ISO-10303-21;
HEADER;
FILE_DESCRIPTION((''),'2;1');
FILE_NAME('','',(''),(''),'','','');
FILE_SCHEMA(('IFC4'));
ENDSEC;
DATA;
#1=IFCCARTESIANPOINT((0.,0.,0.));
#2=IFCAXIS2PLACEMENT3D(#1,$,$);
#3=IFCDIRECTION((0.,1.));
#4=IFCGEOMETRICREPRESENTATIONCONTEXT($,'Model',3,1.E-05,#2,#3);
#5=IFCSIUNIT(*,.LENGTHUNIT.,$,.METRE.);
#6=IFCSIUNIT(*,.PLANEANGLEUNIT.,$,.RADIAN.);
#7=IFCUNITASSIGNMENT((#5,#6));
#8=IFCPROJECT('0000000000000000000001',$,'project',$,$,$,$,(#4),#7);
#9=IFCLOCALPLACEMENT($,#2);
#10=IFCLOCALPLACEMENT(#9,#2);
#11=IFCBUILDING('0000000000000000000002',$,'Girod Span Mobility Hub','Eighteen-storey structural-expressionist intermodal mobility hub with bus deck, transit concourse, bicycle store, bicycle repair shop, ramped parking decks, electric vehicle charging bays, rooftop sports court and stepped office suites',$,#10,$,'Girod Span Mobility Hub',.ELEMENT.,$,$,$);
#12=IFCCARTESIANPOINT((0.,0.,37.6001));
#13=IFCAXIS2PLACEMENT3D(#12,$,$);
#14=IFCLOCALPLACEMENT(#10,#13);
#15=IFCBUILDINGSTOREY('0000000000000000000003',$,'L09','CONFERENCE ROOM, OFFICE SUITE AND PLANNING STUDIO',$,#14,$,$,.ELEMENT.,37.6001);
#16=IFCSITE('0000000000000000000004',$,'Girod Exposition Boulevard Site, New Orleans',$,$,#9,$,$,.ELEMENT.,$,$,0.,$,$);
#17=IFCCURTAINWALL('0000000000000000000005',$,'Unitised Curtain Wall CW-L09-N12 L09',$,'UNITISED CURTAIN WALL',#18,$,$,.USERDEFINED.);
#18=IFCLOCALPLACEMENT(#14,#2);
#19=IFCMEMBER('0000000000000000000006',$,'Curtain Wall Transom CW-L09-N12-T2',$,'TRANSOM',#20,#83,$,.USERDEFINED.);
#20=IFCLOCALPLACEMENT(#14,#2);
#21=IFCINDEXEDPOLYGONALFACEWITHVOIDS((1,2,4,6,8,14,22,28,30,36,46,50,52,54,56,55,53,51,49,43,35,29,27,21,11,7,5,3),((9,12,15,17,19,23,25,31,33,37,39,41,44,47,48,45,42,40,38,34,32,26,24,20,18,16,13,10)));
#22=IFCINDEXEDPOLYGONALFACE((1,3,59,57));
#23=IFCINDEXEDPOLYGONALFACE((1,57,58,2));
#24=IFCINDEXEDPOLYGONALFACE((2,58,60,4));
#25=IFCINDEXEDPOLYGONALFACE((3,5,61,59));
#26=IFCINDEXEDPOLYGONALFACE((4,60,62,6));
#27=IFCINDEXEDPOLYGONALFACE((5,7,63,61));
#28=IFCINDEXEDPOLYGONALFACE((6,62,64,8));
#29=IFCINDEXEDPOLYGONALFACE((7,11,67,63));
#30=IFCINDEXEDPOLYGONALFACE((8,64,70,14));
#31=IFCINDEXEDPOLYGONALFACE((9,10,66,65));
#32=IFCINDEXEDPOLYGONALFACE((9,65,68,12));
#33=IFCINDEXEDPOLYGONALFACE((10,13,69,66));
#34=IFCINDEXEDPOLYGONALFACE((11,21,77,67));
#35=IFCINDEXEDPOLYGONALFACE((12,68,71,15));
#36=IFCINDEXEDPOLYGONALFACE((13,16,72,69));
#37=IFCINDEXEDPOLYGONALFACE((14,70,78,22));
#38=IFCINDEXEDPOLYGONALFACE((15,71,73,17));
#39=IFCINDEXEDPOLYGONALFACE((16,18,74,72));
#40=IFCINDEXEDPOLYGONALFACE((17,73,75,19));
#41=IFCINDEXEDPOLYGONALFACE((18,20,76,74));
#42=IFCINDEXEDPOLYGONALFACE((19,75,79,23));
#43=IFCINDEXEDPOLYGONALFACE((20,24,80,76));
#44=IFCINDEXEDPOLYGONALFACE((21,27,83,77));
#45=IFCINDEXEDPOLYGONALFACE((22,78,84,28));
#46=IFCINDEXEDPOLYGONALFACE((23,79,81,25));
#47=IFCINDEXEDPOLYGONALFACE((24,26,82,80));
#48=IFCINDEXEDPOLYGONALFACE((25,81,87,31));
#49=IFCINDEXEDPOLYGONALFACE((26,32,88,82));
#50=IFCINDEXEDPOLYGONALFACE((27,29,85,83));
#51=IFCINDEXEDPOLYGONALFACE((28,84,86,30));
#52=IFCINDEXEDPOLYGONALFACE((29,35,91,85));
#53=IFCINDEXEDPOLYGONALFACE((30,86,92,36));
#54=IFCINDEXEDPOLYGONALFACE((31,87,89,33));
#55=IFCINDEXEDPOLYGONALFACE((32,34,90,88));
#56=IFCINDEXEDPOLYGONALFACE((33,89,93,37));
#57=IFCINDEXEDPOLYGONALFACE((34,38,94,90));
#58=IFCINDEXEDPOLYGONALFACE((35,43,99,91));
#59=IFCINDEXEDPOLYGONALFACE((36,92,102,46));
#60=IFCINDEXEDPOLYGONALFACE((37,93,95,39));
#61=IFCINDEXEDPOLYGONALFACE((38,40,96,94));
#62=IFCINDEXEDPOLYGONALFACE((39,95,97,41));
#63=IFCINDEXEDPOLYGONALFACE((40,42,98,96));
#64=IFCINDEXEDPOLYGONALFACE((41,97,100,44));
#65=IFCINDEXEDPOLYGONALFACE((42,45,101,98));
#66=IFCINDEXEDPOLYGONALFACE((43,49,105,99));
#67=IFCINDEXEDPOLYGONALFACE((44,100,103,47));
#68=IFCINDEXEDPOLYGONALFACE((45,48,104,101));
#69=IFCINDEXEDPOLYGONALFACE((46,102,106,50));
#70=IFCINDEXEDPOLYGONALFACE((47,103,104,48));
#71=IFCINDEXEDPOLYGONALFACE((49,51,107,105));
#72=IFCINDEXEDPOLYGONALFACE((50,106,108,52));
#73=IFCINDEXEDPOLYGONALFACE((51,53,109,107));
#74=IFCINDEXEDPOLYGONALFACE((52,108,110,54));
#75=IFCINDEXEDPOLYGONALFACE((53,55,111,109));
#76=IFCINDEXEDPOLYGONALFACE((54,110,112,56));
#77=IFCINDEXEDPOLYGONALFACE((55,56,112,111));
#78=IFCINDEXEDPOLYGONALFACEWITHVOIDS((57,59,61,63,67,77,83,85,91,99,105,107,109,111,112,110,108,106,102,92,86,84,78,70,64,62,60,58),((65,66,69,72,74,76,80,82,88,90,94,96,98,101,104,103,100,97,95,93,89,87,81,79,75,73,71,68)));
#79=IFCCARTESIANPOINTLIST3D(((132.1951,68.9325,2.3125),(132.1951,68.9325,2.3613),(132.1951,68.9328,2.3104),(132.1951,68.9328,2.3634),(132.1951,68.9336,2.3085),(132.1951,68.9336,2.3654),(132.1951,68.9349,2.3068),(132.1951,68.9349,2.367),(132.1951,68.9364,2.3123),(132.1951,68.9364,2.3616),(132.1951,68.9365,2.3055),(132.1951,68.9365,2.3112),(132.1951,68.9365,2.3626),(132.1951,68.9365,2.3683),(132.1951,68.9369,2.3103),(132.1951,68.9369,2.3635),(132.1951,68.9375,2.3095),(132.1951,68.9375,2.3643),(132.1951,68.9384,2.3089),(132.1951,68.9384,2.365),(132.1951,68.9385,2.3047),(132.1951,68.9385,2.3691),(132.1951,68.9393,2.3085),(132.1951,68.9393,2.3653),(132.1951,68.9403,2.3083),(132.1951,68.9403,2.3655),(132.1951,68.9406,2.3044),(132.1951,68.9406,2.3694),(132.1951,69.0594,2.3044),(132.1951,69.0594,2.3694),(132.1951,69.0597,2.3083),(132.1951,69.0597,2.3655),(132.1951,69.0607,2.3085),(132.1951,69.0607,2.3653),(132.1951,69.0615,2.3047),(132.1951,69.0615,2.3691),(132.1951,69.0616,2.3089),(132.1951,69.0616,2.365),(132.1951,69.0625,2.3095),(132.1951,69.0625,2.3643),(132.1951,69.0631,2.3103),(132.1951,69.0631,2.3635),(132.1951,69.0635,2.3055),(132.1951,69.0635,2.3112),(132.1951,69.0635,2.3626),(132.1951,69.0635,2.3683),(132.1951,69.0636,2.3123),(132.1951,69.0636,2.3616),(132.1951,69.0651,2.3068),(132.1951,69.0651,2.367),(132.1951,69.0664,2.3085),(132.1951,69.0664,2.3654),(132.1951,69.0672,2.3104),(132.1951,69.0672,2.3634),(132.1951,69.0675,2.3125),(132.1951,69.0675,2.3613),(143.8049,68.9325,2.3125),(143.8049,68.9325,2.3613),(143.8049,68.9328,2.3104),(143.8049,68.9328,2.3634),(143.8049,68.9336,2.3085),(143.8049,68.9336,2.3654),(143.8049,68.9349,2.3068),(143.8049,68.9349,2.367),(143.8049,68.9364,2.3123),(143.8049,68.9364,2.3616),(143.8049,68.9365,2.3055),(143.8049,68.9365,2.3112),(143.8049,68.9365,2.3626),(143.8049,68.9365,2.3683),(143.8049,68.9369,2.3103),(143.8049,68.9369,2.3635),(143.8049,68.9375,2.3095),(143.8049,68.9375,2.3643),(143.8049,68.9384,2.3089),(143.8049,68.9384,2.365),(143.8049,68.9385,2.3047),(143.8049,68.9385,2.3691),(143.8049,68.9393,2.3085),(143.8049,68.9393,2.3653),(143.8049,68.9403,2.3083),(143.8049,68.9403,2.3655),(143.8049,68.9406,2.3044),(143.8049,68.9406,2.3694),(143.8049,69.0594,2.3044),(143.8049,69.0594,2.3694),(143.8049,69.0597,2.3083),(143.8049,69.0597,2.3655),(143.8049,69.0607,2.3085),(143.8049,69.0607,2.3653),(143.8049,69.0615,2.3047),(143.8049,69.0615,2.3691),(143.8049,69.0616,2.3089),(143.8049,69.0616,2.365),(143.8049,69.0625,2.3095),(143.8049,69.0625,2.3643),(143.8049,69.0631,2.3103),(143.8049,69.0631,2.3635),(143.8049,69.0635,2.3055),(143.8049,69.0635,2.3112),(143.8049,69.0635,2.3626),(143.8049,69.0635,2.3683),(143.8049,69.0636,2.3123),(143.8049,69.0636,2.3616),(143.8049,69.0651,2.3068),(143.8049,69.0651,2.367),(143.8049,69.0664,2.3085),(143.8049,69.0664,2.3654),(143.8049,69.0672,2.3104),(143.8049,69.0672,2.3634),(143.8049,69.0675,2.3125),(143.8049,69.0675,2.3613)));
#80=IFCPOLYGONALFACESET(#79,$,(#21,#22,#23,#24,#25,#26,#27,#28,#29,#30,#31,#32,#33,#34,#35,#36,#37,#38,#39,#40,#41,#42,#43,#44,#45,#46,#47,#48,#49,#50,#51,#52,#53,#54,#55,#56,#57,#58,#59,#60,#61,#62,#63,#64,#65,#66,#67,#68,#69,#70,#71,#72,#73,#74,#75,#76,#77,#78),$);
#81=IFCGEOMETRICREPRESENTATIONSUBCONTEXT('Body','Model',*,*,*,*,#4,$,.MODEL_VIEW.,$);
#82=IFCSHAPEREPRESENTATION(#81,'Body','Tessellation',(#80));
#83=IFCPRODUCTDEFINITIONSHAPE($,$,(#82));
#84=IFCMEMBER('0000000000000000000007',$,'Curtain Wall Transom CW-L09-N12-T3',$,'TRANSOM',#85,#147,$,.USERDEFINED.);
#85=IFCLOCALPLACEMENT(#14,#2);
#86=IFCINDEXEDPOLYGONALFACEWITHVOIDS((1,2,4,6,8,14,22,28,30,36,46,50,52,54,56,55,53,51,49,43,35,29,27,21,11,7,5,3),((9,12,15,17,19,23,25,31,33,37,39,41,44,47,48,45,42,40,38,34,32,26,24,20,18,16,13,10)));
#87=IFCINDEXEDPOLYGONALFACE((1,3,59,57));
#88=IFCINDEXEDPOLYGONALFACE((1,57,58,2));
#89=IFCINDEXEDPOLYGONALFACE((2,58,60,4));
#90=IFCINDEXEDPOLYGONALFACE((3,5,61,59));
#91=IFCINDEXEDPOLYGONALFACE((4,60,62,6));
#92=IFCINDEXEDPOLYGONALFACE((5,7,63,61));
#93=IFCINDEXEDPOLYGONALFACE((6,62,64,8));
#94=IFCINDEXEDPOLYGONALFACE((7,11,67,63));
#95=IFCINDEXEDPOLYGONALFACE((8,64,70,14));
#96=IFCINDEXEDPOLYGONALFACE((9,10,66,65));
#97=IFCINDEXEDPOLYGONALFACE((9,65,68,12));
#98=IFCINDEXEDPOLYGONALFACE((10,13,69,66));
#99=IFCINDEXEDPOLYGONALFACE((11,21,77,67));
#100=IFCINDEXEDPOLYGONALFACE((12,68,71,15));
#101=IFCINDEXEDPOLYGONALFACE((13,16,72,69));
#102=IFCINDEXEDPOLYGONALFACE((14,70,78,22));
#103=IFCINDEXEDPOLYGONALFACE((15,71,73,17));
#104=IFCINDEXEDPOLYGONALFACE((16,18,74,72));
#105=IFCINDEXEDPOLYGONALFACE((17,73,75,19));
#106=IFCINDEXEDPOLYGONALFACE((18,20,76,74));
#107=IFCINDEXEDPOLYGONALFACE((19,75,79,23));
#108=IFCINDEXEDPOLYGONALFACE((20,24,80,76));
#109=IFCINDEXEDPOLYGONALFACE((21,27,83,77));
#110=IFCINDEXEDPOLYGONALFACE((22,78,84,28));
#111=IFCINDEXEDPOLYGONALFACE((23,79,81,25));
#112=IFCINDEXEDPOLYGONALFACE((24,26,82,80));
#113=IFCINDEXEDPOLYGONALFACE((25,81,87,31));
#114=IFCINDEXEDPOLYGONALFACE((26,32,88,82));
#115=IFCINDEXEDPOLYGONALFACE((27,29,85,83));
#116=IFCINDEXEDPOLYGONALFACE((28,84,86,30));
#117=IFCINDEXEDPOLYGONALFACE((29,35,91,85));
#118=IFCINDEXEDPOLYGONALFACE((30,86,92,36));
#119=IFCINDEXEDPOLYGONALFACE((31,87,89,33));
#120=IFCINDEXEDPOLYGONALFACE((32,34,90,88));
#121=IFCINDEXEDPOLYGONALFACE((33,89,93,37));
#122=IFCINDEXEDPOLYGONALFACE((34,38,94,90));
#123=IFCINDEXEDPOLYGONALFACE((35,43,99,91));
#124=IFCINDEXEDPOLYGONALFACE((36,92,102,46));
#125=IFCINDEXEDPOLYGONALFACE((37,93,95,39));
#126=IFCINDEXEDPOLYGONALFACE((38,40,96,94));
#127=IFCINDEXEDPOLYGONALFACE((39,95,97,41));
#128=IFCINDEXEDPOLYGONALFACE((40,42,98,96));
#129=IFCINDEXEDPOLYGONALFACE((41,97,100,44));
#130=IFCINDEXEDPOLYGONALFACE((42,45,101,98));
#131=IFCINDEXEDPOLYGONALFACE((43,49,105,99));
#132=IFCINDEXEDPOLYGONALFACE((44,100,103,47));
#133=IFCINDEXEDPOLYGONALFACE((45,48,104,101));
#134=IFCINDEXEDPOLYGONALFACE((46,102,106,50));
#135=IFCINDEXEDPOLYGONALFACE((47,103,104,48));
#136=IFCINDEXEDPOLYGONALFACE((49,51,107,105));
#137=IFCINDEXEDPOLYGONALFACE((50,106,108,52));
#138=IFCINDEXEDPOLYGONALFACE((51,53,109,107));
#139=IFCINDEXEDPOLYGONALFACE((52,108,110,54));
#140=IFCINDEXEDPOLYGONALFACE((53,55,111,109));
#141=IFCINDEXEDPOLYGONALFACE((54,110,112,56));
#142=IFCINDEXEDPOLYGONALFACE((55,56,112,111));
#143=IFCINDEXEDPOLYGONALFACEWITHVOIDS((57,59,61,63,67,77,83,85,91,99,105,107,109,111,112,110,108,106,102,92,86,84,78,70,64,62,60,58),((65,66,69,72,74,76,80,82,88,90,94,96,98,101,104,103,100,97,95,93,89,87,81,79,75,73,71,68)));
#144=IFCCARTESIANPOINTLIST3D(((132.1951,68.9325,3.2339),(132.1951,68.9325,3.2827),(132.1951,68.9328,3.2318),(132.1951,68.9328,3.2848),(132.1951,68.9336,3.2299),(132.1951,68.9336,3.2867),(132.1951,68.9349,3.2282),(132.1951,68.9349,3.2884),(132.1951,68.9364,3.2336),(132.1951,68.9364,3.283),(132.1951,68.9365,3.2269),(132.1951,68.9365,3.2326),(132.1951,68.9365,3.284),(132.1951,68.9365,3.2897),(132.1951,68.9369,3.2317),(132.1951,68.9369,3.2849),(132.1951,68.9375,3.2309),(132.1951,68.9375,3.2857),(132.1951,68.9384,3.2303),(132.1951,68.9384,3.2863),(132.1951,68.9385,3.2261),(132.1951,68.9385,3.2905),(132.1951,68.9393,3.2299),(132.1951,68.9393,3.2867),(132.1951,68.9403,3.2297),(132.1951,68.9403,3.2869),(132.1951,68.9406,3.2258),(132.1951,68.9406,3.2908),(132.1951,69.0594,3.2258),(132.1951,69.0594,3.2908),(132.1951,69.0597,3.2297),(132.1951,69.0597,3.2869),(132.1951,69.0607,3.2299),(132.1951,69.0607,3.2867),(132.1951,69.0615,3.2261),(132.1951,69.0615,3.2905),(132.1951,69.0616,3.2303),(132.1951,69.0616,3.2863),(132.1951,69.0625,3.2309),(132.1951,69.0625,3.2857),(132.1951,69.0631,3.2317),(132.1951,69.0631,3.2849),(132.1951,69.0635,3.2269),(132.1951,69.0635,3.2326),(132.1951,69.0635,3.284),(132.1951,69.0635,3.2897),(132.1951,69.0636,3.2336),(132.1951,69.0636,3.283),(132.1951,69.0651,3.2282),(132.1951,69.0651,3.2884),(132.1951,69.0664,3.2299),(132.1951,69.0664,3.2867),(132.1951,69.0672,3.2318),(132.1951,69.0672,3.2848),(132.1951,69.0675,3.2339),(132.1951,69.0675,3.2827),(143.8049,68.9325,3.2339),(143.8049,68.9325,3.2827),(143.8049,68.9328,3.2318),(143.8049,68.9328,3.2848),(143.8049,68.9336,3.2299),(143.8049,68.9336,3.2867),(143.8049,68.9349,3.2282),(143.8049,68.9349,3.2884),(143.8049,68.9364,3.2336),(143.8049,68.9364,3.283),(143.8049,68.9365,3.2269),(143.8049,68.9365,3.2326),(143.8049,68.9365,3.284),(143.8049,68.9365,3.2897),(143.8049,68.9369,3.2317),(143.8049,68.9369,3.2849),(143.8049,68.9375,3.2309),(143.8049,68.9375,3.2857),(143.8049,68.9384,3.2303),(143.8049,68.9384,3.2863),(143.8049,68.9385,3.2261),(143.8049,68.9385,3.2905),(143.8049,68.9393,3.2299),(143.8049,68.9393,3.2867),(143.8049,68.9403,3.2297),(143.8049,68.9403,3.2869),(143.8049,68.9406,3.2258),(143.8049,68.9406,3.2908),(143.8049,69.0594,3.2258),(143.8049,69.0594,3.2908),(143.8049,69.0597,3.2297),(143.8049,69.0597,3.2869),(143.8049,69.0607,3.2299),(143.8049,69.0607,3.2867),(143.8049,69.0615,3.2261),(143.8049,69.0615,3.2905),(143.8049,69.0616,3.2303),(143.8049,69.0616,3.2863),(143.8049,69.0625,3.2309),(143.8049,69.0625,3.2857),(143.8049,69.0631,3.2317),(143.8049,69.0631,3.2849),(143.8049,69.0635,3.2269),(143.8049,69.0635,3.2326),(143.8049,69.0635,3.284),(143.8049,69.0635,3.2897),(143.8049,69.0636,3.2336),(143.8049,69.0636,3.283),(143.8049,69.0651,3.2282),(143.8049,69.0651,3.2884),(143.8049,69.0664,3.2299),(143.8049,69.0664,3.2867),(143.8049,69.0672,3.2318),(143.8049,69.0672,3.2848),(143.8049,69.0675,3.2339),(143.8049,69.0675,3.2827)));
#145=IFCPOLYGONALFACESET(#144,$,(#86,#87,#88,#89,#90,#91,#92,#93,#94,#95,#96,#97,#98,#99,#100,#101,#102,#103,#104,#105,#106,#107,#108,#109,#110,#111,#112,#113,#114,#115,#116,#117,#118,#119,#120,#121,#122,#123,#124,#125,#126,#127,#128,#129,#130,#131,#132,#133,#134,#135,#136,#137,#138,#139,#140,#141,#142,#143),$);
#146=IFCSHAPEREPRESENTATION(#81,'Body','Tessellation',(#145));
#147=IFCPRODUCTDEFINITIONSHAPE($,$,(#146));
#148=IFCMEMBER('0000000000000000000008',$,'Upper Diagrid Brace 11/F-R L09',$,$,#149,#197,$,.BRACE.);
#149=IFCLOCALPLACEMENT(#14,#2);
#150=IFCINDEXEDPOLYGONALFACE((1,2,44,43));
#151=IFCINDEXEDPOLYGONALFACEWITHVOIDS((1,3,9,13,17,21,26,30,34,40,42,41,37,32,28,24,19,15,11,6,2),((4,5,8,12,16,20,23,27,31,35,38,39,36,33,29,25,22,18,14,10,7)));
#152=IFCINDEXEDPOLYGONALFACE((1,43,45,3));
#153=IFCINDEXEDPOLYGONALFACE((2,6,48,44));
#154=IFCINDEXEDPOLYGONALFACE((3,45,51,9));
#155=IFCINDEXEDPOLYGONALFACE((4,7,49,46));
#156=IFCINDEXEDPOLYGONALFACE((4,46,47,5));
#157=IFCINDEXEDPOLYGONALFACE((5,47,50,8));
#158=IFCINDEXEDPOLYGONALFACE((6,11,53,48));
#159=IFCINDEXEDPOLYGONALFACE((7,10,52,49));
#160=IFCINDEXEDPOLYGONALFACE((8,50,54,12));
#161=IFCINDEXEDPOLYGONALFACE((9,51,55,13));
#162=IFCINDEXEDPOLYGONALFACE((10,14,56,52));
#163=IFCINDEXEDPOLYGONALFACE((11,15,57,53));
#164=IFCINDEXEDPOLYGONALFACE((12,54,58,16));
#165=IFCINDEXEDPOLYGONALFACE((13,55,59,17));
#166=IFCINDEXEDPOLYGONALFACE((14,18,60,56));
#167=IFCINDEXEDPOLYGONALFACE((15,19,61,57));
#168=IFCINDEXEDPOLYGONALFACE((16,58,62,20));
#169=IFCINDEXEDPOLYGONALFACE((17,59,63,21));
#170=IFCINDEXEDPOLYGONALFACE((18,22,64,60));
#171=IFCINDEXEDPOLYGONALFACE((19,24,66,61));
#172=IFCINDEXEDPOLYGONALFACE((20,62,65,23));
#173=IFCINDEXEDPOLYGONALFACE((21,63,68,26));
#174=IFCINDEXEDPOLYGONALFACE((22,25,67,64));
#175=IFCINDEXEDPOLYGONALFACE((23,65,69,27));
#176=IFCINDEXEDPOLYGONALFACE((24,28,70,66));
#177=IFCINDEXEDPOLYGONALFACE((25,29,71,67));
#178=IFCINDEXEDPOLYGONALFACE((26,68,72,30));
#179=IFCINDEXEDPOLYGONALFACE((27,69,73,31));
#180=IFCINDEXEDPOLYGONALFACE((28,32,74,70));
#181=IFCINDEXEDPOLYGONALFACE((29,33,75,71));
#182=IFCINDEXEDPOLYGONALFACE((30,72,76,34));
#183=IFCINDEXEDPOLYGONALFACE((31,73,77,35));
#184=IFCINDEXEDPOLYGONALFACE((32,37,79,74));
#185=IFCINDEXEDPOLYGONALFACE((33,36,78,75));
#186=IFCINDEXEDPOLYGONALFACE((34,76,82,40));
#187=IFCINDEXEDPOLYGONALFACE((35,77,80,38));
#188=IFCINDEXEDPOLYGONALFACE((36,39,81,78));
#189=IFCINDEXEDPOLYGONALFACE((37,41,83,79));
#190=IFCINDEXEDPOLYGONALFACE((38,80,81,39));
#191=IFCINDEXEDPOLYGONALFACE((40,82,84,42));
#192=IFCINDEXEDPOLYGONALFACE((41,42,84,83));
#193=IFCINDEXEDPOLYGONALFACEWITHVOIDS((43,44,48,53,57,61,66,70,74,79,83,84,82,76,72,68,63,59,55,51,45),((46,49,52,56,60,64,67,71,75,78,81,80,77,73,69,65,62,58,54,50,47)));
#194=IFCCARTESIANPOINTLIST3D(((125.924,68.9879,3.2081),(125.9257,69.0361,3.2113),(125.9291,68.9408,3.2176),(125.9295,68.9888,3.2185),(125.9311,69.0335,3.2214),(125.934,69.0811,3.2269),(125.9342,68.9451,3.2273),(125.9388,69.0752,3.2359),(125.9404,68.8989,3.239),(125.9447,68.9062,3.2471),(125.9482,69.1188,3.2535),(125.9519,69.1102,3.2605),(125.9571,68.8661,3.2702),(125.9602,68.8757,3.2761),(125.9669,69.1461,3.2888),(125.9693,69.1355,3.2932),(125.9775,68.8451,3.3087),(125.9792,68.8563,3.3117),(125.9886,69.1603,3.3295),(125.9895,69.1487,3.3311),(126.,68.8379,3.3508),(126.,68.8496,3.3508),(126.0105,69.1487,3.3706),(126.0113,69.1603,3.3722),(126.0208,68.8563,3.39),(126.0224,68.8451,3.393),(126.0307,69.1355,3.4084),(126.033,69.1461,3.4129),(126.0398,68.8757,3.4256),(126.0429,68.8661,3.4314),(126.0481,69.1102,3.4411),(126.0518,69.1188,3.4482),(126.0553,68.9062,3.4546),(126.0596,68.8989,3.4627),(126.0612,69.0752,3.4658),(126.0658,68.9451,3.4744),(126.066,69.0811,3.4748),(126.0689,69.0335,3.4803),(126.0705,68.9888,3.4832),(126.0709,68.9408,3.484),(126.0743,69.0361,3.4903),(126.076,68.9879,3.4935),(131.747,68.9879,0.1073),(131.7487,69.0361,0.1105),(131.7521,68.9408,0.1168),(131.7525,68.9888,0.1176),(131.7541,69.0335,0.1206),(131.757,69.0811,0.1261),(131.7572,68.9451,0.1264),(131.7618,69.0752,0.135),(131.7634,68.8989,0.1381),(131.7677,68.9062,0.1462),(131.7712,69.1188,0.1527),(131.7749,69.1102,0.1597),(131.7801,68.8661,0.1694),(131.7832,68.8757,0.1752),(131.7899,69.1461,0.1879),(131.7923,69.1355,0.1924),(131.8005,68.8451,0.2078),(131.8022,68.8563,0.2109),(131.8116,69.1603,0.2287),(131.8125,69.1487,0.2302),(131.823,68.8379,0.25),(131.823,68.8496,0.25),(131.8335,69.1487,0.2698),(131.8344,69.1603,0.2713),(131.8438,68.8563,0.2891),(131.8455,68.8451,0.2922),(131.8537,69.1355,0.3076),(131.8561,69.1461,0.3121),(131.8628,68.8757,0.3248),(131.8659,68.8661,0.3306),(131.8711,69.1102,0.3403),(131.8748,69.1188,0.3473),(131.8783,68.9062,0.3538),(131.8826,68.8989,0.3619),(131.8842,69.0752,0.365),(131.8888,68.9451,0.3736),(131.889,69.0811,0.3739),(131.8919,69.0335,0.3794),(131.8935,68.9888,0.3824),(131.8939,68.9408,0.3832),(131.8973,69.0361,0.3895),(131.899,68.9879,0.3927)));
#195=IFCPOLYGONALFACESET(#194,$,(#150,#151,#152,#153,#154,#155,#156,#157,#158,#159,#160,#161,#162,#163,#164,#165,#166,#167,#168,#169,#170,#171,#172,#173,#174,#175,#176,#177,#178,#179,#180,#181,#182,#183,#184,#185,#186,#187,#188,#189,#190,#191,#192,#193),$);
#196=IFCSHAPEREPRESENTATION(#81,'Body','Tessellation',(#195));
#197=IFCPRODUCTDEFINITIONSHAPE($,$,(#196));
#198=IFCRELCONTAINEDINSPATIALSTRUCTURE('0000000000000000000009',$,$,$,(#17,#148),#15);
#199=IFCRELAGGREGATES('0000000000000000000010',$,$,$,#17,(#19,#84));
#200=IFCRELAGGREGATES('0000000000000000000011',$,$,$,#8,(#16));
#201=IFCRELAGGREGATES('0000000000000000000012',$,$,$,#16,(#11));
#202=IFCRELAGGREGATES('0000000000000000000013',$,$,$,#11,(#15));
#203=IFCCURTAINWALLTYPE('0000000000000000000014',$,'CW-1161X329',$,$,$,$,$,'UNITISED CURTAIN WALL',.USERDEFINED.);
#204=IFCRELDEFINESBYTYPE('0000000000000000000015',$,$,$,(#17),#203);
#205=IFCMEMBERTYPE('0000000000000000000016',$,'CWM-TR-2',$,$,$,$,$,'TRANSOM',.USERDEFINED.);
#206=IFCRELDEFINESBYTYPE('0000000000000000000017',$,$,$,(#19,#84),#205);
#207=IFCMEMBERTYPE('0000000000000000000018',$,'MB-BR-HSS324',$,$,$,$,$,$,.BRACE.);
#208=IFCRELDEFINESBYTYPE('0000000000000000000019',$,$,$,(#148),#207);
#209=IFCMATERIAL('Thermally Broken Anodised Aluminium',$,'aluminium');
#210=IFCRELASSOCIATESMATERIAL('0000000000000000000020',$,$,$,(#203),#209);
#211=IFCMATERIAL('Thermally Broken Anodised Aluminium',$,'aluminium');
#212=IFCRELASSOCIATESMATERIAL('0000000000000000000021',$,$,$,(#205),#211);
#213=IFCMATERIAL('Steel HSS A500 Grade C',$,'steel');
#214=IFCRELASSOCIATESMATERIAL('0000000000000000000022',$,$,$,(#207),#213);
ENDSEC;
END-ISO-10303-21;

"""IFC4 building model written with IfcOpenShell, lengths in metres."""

from ifc_helpers import new_model, si_unit, direction, frame, origin, origin_2d, place, context, subcontext, project, spatial, hollow_rectangle, hollow_circle, extrude, material, material_profile, profile_set, type_object, element, aggregate, save


model = new_model("IFC4")

# Units and contexts
model_context = context("Model", 3, precision=1e-05, world=origin(), true_north=direction((0.0, 1.0)))
body_context = subcontext(model_context, "Body", "Model", "MODEL_VIEW")
ifc_project = project(units=[si_unit("LENGTHUNIT", "METRE"), si_unit("PLANEANGLEUNIT", "RADIAN")], contexts=[model_context])

# Site, building, storey
site_placement = place(None, origin())
site = spatial("IfcSite", under=ifc_project, at=site_placement, Name="Girod Exposition Boulevard Site, New Orleans", CompositionType="ELEMENT", RefElevation=0.0)
building_placement = place(site_placement, origin())
building = spatial("IfcBuilding", under=site, at=building_placement, Name="Girod Span Mobility Hub", Description="Eighteen-storey structural-expressionist intermodal mobility hub with bus deck, transit concourse, bicycle store, bicycle repair shop, ramped parking decks, electric vehicle charging bays, rooftop sports court and stepped office suites", LongName="Girod Span Mobility Hub", CompositionType="ELEMENT")
storey_placement = place(building_placement, frame((0.0, 0.0, 37.6001)))
storey = spatial("IfcBuildingStorey", under=building, at=storey_placement, Name="L09", Description="CONFERENCE ROOM, OFFICE SUITE AND PLANNING STUDIO", CompositionType="ELEMENT", Elevation=37.6001)

# Curtain wall, members
ifc_material_1 = material(Name="Thermally Broken Anodised Aluminium", Category="aluminium")
curtain_wall_type = type_object("IfcCurtainWallType", Name="CW-1161X329", ElementType="UNITISED CURTAIN WALL", PredefinedType="USERDEFINED", material=ifc_material_1)
curtain_wall_1_placement = place(storey_placement, origin())
curtain_wall_1 = element("IfcCurtainWall", 1, at=curtain_wall_1_placement, inside=storey, type_object=curtain_wall_type, Name="Unitised Curtain Wall CW-L09-N12 L09", ObjectType="UNITISED CURTAIN WALL", PredefinedType="USERDEFINED")
ifc_material_2 = material(Name="Thermally Broken Anodised Aluminium", Category="aluminium")
ifc_material_profile_1 = material_profile(ifc_material_2, hollow_rectangle(XDim=0.135, YDim=0.0649, WallThickness=0.0039, InnerFilletRadius=0.0039, OuterFilletRadius=0.0081, at=origin_2d()), Name="CW-TR-65X135")
ifc_profile_set_1 = profile_set([ifc_material_profile_1], Name="Thermally Broken Anodised Aluminium")
member_type_1 = type_object("IfcMemberType", Name="CWM-TR-2", ElementType="TRANSOM", PredefinedType="USERDEFINED", material=ifc_profile_set_1)
member_1_placement = place(storey_placement, frame((132.1951, 69.0, 2.3369), z_axis=(1.0, 0.0, 0.0), x_axis=(0.0, 1.0, 0.0)))
member_1 = element("IfcMember", 2, at=member_1_placement, type_object=member_type_1, Name="Curtain Wall Transom CW-L09-N12-T2", ObjectType="TRANSOM", PredefinedType="USERDEFINED", context=body_context, shape_type="SweptSolid", body=[
    extrude(hollow_rectangle(XDim=0.135, YDim=0.0649, WallThickness=0.0039, InnerFilletRadius=0.0039, OuterFilletRadius=0.0081, at=origin_2d()), origin(), (0.0, 0.0, 1.0), 11.6099),
])
member_2_placement = place(storey_placement, frame((132.1951, 69.0, 3.2583), z_axis=(1.0, 0.0, 0.0), x_axis=(0.0, 1.0, 0.0)))
member_2 = element("IfcMember", 3, at=member_2_placement, type_object=member_type_1, Name="Curtain Wall Transom CW-L09-N12-T3", ObjectType="TRANSOM", PredefinedType="USERDEFINED", context=body_context, shape_type="SweptSolid", body=[
    extrude(hollow_rectangle(XDim=0.135, YDim=0.0649, WallThickness=0.0039, InnerFilletRadius=0.0039, OuterFilletRadius=0.0081, at=origin_2d()), origin(), (0.0, 0.0, 1.0), 11.6099),
])

# Member
ifc_material_3 = material(Name="Steel HSS A500 Grade C", Category="steel")
ifc_material_profile_2 = material_profile(ifc_material_3, hollow_circle(Radius=0.1621, WallThickness=0.0117, at=origin_2d()), Name="HSS324X12.7")
ifc_profile_set_2 = profile_set([ifc_material_profile_2], Name="Steel HSS A500 Grade C")
member_type_2 = type_object("IfcMemberType", Name="MB-BR-HSS324", PredefinedType="BRACE", material=ifc_profile_set_2)
member_3_placement = place(storey_placement, frame((131.823, 69.0, 0.25), z_axis=(-0.882653, 0.0, 0.470025), x_axis=(0.0, -1.0, 0.0)))
element("IfcMember", 4, at=member_3_placement, inside=storey, type_object=member_type_2, Name="Upper Diagrid Brace 11/F-R L09", PredefinedType="BRACE", context=body_context, shape_type="SweptSolid", body=[
    extrude(hollow_circle(Radius=0.1621, WallThickness=0.0117, at=origin_2d()), origin(), (0.0, 0.0, 1.0), 6.5972),
])

aggregate(curtain_wall_1, [member_1, member_2])

save(model, "model.ifc")
